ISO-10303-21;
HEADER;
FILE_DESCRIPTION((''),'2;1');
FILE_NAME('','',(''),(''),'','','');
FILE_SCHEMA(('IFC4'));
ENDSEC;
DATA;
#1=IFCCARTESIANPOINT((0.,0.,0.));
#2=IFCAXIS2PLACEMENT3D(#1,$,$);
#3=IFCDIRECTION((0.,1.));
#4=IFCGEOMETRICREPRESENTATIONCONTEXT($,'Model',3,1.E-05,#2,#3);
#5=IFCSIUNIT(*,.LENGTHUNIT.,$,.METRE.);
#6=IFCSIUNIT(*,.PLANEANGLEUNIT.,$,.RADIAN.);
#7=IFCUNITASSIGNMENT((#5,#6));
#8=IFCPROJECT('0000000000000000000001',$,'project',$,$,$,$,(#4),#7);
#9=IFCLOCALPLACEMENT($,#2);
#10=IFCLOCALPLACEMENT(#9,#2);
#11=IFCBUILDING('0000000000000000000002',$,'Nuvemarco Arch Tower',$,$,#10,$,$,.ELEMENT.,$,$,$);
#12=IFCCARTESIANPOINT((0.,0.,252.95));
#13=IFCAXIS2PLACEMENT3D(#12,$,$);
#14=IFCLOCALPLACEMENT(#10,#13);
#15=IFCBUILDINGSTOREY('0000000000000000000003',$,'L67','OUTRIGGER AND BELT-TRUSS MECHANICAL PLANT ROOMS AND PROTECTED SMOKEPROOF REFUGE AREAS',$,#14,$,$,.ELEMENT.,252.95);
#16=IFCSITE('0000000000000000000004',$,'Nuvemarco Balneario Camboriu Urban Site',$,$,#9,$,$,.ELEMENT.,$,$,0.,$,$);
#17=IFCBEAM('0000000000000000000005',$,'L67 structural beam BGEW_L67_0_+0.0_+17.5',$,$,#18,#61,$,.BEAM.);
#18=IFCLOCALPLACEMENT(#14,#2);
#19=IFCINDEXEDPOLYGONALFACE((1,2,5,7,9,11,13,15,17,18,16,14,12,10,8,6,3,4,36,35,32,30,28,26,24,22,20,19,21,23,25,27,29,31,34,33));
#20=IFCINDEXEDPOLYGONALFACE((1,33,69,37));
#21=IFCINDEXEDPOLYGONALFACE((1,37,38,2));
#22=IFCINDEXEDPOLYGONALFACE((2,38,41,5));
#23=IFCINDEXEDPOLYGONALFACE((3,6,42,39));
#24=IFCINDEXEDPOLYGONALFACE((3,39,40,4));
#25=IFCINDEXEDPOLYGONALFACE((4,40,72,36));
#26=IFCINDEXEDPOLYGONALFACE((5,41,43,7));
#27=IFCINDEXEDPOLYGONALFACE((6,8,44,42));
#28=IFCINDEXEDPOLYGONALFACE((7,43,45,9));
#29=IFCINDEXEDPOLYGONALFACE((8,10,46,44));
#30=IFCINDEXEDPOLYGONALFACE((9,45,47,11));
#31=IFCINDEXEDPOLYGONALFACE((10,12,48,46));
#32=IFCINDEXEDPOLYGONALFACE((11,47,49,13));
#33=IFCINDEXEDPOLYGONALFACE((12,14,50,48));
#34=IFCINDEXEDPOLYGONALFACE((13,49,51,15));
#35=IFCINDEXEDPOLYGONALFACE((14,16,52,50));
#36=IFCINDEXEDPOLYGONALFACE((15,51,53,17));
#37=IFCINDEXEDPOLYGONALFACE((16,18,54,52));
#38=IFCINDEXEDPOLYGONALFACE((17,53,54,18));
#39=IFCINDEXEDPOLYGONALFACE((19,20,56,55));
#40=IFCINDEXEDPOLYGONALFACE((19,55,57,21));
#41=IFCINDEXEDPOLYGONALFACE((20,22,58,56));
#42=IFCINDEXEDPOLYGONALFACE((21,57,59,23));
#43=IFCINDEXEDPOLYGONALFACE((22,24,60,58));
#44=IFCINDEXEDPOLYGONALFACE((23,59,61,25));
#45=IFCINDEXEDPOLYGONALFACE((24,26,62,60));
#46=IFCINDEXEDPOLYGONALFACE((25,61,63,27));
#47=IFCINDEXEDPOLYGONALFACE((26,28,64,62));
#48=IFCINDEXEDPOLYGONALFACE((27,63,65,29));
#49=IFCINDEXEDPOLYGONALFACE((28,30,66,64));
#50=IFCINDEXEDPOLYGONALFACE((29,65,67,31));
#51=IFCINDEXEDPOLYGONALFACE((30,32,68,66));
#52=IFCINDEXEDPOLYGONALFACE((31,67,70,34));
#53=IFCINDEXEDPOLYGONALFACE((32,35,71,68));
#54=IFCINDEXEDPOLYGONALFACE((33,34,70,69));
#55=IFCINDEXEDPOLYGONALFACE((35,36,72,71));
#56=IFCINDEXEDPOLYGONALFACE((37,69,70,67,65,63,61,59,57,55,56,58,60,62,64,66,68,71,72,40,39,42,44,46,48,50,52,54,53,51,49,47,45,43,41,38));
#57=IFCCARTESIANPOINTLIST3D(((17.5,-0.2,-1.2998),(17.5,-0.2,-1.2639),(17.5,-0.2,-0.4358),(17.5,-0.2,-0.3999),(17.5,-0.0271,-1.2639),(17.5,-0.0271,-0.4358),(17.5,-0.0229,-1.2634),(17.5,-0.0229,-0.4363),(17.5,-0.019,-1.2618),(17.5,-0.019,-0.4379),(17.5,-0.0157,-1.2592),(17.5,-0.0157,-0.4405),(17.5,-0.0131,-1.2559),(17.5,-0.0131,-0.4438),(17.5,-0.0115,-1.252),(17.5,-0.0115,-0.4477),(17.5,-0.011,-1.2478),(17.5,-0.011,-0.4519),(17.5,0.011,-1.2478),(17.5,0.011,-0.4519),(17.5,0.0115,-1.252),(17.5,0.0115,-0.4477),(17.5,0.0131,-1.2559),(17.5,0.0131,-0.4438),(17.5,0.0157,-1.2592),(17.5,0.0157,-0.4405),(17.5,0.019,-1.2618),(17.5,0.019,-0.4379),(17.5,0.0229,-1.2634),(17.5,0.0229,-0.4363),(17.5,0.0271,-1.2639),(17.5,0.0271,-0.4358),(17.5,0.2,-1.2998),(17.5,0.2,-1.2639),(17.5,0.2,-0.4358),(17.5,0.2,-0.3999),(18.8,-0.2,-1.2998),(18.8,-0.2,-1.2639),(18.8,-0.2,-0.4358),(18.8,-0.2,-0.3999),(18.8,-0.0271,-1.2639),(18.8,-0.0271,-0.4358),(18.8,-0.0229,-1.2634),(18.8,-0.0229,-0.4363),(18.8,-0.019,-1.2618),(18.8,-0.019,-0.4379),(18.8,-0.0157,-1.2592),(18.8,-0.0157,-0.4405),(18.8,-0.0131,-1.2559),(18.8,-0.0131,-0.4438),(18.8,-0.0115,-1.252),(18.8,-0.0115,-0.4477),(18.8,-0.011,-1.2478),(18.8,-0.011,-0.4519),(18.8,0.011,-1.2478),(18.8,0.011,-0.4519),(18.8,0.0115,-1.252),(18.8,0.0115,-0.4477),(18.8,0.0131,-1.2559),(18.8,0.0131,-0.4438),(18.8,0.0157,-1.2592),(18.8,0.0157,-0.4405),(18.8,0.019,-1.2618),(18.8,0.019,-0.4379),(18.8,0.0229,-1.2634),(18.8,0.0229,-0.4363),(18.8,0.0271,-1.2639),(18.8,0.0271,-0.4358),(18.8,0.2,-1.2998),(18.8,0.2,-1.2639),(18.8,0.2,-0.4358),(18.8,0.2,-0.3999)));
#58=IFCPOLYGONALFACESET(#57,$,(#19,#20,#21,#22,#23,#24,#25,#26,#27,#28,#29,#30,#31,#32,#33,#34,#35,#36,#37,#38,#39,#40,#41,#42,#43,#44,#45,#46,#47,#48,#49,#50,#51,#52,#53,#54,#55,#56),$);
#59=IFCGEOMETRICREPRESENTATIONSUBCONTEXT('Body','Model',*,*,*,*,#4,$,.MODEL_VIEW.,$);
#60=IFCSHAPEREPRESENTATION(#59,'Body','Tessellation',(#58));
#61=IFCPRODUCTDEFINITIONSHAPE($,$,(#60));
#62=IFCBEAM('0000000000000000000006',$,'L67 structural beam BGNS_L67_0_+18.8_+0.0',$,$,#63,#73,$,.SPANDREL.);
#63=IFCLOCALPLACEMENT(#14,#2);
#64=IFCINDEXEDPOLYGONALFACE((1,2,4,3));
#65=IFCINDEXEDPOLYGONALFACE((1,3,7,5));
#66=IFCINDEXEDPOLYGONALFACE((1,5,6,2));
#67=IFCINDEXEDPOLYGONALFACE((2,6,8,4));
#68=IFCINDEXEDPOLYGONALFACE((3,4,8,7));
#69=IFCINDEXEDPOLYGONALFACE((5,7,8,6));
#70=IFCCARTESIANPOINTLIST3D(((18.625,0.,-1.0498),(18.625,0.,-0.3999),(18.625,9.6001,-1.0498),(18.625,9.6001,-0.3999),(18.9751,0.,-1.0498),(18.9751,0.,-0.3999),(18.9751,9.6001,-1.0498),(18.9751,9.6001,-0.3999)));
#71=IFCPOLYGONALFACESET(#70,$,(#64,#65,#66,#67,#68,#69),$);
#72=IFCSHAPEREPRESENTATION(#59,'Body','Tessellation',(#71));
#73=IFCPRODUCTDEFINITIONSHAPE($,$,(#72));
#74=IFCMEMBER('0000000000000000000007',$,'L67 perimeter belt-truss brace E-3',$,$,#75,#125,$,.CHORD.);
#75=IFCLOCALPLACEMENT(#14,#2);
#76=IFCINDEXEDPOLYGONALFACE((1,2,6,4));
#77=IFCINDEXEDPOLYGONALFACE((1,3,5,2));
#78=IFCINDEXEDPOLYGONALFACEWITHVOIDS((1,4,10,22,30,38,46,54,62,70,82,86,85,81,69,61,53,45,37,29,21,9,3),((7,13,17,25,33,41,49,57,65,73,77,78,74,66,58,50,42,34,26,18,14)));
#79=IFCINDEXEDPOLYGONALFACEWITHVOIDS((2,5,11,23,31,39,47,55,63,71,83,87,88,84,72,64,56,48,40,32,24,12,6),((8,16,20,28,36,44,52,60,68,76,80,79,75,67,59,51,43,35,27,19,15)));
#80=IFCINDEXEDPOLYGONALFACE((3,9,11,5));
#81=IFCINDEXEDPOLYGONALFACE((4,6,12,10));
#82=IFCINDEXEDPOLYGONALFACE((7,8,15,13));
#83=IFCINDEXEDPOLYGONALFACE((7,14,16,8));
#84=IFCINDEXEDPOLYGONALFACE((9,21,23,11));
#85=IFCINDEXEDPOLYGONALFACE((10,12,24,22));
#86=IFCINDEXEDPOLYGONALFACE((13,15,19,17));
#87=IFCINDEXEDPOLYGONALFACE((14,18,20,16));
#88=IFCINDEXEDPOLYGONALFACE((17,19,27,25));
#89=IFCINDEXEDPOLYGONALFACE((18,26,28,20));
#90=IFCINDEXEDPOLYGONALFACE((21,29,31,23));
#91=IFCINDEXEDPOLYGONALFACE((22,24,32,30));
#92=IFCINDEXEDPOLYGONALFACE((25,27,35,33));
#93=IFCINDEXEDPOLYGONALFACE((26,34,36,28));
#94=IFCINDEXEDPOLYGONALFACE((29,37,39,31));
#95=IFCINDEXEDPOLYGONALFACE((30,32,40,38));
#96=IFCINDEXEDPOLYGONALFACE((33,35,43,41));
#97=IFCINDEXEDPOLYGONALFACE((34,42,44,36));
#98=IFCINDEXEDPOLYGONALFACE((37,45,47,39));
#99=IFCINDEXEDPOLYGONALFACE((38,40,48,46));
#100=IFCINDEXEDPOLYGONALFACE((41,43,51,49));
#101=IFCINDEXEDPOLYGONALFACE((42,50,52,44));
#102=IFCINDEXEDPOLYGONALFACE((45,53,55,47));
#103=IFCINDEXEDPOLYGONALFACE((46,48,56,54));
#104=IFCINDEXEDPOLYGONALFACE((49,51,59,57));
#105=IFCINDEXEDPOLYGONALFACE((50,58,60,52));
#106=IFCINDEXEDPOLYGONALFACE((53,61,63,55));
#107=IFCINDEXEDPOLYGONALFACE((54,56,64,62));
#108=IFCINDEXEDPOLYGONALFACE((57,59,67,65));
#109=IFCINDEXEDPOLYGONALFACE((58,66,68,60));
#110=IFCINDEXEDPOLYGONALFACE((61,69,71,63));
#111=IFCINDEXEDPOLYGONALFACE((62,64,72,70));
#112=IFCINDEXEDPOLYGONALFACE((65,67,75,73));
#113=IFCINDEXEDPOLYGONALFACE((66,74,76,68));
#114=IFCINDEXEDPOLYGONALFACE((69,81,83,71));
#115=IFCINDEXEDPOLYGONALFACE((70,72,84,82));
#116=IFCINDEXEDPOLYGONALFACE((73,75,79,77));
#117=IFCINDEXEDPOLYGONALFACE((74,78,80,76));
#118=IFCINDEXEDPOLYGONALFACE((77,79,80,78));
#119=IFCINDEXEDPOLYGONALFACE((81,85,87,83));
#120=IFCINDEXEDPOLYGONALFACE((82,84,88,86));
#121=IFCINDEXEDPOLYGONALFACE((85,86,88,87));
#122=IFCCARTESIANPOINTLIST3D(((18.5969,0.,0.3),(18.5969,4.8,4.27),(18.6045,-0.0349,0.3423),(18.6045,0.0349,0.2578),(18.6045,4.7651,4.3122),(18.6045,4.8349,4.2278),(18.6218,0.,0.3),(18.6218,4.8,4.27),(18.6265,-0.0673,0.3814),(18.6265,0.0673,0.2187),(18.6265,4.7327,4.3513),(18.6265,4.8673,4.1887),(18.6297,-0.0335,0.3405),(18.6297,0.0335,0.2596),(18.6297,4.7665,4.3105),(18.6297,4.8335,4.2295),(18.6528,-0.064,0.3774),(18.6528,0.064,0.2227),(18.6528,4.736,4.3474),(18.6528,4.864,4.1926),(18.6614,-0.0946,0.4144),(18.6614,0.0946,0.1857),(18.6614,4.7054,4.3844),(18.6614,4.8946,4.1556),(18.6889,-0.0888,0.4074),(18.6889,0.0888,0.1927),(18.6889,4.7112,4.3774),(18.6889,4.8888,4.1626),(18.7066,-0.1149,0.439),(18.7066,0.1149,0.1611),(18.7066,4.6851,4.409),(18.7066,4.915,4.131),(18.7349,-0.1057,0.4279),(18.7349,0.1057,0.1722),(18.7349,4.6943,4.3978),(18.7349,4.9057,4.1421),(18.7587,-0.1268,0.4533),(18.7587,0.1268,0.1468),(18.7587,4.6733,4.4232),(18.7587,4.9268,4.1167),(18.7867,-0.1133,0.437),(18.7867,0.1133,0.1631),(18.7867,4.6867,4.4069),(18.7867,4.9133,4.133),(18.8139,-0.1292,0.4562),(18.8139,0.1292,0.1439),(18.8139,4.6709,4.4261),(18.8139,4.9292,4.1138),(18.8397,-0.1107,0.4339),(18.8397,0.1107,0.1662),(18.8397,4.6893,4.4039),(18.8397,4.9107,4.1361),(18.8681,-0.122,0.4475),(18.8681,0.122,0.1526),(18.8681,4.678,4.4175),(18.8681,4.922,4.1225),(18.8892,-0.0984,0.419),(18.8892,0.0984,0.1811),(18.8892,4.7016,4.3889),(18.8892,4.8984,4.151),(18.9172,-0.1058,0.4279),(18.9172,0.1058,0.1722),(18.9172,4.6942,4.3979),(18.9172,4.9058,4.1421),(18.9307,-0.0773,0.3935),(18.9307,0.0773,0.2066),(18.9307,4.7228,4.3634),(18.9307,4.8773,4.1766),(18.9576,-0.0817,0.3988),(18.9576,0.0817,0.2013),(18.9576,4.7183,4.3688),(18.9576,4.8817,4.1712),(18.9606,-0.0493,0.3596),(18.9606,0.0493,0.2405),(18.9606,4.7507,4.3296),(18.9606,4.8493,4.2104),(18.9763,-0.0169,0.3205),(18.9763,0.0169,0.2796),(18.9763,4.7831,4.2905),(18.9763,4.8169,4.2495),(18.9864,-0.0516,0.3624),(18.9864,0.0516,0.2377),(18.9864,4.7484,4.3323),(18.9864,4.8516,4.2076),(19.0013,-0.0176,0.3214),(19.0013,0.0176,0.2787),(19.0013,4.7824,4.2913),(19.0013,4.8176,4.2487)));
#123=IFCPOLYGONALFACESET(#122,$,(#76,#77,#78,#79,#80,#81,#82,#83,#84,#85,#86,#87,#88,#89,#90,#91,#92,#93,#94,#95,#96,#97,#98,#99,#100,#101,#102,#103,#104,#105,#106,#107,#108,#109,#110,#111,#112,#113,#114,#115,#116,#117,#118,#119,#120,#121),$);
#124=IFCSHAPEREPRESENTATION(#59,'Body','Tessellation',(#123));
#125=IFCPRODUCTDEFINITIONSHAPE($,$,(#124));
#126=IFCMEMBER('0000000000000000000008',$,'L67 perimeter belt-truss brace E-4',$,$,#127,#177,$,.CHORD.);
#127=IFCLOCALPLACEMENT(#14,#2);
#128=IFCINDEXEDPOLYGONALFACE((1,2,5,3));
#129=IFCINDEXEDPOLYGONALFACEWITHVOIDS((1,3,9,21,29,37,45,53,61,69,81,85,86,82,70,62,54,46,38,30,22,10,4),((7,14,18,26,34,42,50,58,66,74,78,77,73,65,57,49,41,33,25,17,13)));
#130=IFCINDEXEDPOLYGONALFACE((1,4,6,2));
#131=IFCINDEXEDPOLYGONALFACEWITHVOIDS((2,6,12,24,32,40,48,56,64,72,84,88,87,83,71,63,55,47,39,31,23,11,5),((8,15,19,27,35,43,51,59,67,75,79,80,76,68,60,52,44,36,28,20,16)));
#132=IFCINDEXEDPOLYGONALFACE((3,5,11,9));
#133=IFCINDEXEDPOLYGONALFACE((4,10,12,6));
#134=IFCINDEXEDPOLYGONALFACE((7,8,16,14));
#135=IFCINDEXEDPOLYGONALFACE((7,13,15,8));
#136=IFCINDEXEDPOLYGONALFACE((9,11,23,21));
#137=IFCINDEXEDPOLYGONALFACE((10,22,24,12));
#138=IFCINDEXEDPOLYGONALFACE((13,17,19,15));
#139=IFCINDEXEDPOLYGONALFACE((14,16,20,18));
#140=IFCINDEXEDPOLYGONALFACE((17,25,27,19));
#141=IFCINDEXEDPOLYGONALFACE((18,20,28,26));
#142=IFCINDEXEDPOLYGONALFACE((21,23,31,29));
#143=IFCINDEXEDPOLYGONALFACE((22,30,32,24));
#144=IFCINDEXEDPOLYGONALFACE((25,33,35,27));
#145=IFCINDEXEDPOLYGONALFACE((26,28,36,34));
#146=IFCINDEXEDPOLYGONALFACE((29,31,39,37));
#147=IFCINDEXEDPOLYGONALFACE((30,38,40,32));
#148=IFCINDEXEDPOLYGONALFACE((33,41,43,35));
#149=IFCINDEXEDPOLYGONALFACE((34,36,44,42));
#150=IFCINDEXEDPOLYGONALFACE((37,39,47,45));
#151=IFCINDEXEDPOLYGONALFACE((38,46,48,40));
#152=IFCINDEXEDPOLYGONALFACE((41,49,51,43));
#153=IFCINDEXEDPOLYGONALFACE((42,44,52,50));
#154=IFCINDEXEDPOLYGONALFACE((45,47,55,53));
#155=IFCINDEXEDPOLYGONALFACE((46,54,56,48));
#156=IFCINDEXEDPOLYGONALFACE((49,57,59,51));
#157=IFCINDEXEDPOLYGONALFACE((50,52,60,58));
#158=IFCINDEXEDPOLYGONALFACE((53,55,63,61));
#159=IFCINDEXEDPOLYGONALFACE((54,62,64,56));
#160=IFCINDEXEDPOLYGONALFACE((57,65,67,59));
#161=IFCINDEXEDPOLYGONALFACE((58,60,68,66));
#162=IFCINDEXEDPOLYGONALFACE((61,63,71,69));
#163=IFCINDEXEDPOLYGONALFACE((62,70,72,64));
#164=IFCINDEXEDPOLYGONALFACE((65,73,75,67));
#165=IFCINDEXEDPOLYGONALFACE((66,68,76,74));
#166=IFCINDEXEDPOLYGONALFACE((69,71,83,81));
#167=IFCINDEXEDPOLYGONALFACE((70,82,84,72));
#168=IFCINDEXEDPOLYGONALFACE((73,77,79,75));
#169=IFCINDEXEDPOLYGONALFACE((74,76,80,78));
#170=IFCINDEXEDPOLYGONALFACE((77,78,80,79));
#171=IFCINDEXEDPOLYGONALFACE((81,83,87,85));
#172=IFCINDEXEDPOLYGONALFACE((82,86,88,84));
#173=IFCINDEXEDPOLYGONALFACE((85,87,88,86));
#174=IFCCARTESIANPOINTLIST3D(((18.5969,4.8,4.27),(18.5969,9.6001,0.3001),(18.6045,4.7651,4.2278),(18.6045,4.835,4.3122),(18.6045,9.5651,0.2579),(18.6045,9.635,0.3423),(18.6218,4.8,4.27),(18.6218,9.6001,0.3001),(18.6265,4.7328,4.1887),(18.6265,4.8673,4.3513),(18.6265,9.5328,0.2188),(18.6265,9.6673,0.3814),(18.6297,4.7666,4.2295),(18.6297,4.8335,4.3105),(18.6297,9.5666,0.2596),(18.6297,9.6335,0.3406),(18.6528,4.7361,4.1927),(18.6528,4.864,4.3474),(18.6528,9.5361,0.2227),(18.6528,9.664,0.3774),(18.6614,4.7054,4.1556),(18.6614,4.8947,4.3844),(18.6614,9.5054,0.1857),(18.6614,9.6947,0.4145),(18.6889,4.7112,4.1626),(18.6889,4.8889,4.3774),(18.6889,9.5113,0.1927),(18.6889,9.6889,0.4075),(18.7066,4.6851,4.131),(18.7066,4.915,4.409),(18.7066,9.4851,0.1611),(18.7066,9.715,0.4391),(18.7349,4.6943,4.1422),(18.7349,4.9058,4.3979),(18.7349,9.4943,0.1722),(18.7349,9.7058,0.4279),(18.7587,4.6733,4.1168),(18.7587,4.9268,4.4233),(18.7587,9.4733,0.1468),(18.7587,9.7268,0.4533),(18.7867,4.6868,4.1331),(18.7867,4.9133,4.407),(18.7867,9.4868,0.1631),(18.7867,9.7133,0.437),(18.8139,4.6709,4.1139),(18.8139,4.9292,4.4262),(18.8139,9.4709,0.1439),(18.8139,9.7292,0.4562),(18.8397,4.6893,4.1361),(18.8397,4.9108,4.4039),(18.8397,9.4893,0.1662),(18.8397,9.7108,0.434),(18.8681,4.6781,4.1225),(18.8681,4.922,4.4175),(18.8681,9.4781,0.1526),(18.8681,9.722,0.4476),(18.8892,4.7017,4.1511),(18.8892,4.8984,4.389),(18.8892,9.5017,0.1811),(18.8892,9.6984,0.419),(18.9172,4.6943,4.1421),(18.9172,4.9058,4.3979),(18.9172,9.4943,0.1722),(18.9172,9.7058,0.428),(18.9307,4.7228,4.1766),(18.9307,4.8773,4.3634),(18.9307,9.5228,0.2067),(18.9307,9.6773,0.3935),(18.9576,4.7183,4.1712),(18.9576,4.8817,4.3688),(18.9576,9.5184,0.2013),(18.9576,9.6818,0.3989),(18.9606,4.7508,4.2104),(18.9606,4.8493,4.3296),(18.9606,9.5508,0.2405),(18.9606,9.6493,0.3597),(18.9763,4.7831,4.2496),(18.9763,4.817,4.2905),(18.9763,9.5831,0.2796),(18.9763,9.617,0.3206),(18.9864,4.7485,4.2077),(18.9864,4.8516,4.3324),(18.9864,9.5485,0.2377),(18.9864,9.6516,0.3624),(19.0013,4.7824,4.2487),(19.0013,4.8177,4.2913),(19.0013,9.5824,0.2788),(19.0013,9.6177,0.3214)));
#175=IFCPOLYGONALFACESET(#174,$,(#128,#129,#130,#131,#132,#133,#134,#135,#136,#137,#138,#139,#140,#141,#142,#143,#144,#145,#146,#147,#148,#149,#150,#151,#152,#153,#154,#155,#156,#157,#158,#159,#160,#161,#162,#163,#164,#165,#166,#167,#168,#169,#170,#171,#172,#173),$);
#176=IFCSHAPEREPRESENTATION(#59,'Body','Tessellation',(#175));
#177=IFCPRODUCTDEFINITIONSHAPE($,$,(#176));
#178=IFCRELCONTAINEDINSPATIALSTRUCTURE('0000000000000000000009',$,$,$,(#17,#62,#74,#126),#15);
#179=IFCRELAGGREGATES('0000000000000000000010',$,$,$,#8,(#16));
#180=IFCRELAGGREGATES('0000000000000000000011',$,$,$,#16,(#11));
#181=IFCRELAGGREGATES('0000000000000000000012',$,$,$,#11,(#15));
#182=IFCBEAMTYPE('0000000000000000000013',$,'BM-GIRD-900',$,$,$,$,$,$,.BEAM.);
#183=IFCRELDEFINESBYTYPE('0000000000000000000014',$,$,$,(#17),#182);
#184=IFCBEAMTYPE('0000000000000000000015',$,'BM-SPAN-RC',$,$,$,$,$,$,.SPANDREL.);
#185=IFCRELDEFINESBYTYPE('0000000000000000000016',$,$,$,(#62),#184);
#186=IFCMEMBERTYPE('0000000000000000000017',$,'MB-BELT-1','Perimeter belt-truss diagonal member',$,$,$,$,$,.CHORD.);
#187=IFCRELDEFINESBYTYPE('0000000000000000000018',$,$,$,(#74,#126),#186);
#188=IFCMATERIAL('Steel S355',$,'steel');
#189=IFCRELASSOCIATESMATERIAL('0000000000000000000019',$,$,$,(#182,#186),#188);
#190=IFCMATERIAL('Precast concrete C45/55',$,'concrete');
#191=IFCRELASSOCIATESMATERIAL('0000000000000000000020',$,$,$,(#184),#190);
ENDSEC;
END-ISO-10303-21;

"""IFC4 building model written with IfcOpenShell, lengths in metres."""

from ifc_helpers import new_model, si_unit, direction, frame, origin, origin_2d, place, context, subcontext, project, spatial, rectangle, hollow_circle, i_section, extrude, material, material_profile, profile_set, type_object, element, save


model = new_model("IFC4")

# Units and contexts
model_context = context("Model", 3, precision=1e-05, world=origin(), true_north=direction((0.0, 1.0)))
body_context = subcontext(model_context, "Body", "Model", "MODEL_VIEW")
ifc_project = project(units=[si_unit("LENGTHUNIT", "METRE"), si_unit("PLANEANGLEUNIT", "RADIAN")], contexts=[model_context])

# Site, building, storey
site_placement = place(None, origin())
site = spatial("IfcSite", under=ifc_project, at=site_placement, Name="Nuvemarco Balneario Camboriu Urban Site", CompositionType="ELEMENT", RefElevation=0.0)
building_placement = place(site_placement, origin())
building = spatial("IfcBuilding", under=site, at=building_placement, Name="Nuvemarco Arch Tower", CompositionType="ELEMENT")
storey_placement = place(building_placement, frame((0.0, 0.0, 252.95)))
storey = spatial("IfcBuildingStorey", under=building, at=storey_placement, Name="L67", Description="OUTRIGGER AND BELT-TRUSS MECHANICAL PLANT ROOMS AND PROTECTED SMOKEPROOF REFUGE AREAS", CompositionType="ELEMENT", Elevation=252.95)

# Shared definitions
ifc_material_1 = material(Name="Steel S355", Category="steel")

# Beams
ifc_material_profile_1 = material_profile(ifc_material_1, i_section(OverallWidth=0.3999, OverallDepth=0.8999, WebThickness=0.022, FlangeThickness=0.0359, FilletRadius=0.0161, at=origin_2d()), Name="PG900x400")
ifc_profile_set_1 = profile_set([ifc_material_profile_1], Name="Steel S355")
beam_type_1 = type_object("IfcBeamType", Name="BM-GIRD-900", PredefinedType="BEAM", material=ifc_profile_set_1)
beam_1_placement = place(storey_placement, frame((17.5, 0.0, -0.8499), z_axis=(1.0, 0.0, 0.0), x_axis=(0.0, 1.0, 0.0)))
element("IfcBeam", 1, at=beam_1_placement, inside=storey, type_object=beam_type_1, Name="L67 structural beam BGEW_L67_0_+0.0_+17.5", PredefinedType="BEAM", context=body_context, shape_type="SweptSolid", body=[
    extrude(i_section(OverallWidth=0.3999, OverallDepth=0.8999, WebThickness=0.022, FlangeThickness=0.0359, FilletRadius=0.0161, at=origin_2d()), origin(), (0.0, 0.0, 1.0), 1.3),
])
ifc_material_2 = material(Name="Precast concrete C45/55", Category="concrete")
ifc_material_profile_2 = material_profile(ifc_material_2, rectangle(XDim=0.3501, YDim=0.6499, at=origin_2d()), Name="PC-SP-350x650")
ifc_profile_set_2 = profile_set([ifc_material_profile_2], Name="Precast concrete C45/55")
beam_type_2 = type_object("IfcBeamType", Name="BM-SPAN-RC", PredefinedType="SPANDREL", material=ifc_profile_set_2)
beam_2_placement = place(storey_placement, frame((18.8, 0.0, -0.7249), z_axis=(0.0, 1.0, 0.0), x_axis=(-1.0, 0.0, 0.0)))
element("IfcBeam", 2, at=beam_2_placement, inside=storey, type_object=beam_type_2, Name="L67 structural beam BGNS_L67_0_+18.8_+0.0", PredefinedType="SPANDREL", context=body_context, shape_type="SweptSolid", body=[
    extrude(rectangle(XDim=0.3501, YDim=0.6499, at=origin_2d()), origin(), (0.0, 0.0, 1.0), 9.6001),
])

# Members
ifc_material_profile_3 = material_profile(ifc_material_1, hollow_circle(Radius=0.2031, WallThickness=0.0249, at=origin_2d()), Name="CHS406.4x25")
ifc_profile_set_3 = profile_set([ifc_material_profile_3], Name="Steel S355")
member_type_1 = type_object("IfcMemberType", Name="MB-BELT-1", Description="Perimeter belt-truss diagonal member", PredefinedType="CHORD", material=ifc_profile_set_3)
for number, where, z_axis, x_axis, name in (
    (3, (18.8, 0.0, 0.3), (0.0, 0.77059, 0.637331), (-1.0, 0.0, 0.0), "L67 perimeter belt-truss brace E-3"),
    (4, (18.8, 4.8, 4.27), (0.0, 0.77059, -0.637331), (-1.0, 0.0, 0.0), "L67 perimeter belt-truss brace E-4"),
):
    element("IfcMember", number, at=place(storey_placement, frame(where, z_axis=z_axis, x_axis=x_axis)), inside=storey, type_object=member_type_1, Name=name, PredefinedType="CHORD", context=body_context, shape_type="SweptSolid", body=[
        extrude(hollow_circle(Radius=0.2031, WallThickness=0.0249, at=origin_2d()), origin(), (0.0, 0.0, 1.0), 6.229),
    ])

save(model, "model.ifc")
